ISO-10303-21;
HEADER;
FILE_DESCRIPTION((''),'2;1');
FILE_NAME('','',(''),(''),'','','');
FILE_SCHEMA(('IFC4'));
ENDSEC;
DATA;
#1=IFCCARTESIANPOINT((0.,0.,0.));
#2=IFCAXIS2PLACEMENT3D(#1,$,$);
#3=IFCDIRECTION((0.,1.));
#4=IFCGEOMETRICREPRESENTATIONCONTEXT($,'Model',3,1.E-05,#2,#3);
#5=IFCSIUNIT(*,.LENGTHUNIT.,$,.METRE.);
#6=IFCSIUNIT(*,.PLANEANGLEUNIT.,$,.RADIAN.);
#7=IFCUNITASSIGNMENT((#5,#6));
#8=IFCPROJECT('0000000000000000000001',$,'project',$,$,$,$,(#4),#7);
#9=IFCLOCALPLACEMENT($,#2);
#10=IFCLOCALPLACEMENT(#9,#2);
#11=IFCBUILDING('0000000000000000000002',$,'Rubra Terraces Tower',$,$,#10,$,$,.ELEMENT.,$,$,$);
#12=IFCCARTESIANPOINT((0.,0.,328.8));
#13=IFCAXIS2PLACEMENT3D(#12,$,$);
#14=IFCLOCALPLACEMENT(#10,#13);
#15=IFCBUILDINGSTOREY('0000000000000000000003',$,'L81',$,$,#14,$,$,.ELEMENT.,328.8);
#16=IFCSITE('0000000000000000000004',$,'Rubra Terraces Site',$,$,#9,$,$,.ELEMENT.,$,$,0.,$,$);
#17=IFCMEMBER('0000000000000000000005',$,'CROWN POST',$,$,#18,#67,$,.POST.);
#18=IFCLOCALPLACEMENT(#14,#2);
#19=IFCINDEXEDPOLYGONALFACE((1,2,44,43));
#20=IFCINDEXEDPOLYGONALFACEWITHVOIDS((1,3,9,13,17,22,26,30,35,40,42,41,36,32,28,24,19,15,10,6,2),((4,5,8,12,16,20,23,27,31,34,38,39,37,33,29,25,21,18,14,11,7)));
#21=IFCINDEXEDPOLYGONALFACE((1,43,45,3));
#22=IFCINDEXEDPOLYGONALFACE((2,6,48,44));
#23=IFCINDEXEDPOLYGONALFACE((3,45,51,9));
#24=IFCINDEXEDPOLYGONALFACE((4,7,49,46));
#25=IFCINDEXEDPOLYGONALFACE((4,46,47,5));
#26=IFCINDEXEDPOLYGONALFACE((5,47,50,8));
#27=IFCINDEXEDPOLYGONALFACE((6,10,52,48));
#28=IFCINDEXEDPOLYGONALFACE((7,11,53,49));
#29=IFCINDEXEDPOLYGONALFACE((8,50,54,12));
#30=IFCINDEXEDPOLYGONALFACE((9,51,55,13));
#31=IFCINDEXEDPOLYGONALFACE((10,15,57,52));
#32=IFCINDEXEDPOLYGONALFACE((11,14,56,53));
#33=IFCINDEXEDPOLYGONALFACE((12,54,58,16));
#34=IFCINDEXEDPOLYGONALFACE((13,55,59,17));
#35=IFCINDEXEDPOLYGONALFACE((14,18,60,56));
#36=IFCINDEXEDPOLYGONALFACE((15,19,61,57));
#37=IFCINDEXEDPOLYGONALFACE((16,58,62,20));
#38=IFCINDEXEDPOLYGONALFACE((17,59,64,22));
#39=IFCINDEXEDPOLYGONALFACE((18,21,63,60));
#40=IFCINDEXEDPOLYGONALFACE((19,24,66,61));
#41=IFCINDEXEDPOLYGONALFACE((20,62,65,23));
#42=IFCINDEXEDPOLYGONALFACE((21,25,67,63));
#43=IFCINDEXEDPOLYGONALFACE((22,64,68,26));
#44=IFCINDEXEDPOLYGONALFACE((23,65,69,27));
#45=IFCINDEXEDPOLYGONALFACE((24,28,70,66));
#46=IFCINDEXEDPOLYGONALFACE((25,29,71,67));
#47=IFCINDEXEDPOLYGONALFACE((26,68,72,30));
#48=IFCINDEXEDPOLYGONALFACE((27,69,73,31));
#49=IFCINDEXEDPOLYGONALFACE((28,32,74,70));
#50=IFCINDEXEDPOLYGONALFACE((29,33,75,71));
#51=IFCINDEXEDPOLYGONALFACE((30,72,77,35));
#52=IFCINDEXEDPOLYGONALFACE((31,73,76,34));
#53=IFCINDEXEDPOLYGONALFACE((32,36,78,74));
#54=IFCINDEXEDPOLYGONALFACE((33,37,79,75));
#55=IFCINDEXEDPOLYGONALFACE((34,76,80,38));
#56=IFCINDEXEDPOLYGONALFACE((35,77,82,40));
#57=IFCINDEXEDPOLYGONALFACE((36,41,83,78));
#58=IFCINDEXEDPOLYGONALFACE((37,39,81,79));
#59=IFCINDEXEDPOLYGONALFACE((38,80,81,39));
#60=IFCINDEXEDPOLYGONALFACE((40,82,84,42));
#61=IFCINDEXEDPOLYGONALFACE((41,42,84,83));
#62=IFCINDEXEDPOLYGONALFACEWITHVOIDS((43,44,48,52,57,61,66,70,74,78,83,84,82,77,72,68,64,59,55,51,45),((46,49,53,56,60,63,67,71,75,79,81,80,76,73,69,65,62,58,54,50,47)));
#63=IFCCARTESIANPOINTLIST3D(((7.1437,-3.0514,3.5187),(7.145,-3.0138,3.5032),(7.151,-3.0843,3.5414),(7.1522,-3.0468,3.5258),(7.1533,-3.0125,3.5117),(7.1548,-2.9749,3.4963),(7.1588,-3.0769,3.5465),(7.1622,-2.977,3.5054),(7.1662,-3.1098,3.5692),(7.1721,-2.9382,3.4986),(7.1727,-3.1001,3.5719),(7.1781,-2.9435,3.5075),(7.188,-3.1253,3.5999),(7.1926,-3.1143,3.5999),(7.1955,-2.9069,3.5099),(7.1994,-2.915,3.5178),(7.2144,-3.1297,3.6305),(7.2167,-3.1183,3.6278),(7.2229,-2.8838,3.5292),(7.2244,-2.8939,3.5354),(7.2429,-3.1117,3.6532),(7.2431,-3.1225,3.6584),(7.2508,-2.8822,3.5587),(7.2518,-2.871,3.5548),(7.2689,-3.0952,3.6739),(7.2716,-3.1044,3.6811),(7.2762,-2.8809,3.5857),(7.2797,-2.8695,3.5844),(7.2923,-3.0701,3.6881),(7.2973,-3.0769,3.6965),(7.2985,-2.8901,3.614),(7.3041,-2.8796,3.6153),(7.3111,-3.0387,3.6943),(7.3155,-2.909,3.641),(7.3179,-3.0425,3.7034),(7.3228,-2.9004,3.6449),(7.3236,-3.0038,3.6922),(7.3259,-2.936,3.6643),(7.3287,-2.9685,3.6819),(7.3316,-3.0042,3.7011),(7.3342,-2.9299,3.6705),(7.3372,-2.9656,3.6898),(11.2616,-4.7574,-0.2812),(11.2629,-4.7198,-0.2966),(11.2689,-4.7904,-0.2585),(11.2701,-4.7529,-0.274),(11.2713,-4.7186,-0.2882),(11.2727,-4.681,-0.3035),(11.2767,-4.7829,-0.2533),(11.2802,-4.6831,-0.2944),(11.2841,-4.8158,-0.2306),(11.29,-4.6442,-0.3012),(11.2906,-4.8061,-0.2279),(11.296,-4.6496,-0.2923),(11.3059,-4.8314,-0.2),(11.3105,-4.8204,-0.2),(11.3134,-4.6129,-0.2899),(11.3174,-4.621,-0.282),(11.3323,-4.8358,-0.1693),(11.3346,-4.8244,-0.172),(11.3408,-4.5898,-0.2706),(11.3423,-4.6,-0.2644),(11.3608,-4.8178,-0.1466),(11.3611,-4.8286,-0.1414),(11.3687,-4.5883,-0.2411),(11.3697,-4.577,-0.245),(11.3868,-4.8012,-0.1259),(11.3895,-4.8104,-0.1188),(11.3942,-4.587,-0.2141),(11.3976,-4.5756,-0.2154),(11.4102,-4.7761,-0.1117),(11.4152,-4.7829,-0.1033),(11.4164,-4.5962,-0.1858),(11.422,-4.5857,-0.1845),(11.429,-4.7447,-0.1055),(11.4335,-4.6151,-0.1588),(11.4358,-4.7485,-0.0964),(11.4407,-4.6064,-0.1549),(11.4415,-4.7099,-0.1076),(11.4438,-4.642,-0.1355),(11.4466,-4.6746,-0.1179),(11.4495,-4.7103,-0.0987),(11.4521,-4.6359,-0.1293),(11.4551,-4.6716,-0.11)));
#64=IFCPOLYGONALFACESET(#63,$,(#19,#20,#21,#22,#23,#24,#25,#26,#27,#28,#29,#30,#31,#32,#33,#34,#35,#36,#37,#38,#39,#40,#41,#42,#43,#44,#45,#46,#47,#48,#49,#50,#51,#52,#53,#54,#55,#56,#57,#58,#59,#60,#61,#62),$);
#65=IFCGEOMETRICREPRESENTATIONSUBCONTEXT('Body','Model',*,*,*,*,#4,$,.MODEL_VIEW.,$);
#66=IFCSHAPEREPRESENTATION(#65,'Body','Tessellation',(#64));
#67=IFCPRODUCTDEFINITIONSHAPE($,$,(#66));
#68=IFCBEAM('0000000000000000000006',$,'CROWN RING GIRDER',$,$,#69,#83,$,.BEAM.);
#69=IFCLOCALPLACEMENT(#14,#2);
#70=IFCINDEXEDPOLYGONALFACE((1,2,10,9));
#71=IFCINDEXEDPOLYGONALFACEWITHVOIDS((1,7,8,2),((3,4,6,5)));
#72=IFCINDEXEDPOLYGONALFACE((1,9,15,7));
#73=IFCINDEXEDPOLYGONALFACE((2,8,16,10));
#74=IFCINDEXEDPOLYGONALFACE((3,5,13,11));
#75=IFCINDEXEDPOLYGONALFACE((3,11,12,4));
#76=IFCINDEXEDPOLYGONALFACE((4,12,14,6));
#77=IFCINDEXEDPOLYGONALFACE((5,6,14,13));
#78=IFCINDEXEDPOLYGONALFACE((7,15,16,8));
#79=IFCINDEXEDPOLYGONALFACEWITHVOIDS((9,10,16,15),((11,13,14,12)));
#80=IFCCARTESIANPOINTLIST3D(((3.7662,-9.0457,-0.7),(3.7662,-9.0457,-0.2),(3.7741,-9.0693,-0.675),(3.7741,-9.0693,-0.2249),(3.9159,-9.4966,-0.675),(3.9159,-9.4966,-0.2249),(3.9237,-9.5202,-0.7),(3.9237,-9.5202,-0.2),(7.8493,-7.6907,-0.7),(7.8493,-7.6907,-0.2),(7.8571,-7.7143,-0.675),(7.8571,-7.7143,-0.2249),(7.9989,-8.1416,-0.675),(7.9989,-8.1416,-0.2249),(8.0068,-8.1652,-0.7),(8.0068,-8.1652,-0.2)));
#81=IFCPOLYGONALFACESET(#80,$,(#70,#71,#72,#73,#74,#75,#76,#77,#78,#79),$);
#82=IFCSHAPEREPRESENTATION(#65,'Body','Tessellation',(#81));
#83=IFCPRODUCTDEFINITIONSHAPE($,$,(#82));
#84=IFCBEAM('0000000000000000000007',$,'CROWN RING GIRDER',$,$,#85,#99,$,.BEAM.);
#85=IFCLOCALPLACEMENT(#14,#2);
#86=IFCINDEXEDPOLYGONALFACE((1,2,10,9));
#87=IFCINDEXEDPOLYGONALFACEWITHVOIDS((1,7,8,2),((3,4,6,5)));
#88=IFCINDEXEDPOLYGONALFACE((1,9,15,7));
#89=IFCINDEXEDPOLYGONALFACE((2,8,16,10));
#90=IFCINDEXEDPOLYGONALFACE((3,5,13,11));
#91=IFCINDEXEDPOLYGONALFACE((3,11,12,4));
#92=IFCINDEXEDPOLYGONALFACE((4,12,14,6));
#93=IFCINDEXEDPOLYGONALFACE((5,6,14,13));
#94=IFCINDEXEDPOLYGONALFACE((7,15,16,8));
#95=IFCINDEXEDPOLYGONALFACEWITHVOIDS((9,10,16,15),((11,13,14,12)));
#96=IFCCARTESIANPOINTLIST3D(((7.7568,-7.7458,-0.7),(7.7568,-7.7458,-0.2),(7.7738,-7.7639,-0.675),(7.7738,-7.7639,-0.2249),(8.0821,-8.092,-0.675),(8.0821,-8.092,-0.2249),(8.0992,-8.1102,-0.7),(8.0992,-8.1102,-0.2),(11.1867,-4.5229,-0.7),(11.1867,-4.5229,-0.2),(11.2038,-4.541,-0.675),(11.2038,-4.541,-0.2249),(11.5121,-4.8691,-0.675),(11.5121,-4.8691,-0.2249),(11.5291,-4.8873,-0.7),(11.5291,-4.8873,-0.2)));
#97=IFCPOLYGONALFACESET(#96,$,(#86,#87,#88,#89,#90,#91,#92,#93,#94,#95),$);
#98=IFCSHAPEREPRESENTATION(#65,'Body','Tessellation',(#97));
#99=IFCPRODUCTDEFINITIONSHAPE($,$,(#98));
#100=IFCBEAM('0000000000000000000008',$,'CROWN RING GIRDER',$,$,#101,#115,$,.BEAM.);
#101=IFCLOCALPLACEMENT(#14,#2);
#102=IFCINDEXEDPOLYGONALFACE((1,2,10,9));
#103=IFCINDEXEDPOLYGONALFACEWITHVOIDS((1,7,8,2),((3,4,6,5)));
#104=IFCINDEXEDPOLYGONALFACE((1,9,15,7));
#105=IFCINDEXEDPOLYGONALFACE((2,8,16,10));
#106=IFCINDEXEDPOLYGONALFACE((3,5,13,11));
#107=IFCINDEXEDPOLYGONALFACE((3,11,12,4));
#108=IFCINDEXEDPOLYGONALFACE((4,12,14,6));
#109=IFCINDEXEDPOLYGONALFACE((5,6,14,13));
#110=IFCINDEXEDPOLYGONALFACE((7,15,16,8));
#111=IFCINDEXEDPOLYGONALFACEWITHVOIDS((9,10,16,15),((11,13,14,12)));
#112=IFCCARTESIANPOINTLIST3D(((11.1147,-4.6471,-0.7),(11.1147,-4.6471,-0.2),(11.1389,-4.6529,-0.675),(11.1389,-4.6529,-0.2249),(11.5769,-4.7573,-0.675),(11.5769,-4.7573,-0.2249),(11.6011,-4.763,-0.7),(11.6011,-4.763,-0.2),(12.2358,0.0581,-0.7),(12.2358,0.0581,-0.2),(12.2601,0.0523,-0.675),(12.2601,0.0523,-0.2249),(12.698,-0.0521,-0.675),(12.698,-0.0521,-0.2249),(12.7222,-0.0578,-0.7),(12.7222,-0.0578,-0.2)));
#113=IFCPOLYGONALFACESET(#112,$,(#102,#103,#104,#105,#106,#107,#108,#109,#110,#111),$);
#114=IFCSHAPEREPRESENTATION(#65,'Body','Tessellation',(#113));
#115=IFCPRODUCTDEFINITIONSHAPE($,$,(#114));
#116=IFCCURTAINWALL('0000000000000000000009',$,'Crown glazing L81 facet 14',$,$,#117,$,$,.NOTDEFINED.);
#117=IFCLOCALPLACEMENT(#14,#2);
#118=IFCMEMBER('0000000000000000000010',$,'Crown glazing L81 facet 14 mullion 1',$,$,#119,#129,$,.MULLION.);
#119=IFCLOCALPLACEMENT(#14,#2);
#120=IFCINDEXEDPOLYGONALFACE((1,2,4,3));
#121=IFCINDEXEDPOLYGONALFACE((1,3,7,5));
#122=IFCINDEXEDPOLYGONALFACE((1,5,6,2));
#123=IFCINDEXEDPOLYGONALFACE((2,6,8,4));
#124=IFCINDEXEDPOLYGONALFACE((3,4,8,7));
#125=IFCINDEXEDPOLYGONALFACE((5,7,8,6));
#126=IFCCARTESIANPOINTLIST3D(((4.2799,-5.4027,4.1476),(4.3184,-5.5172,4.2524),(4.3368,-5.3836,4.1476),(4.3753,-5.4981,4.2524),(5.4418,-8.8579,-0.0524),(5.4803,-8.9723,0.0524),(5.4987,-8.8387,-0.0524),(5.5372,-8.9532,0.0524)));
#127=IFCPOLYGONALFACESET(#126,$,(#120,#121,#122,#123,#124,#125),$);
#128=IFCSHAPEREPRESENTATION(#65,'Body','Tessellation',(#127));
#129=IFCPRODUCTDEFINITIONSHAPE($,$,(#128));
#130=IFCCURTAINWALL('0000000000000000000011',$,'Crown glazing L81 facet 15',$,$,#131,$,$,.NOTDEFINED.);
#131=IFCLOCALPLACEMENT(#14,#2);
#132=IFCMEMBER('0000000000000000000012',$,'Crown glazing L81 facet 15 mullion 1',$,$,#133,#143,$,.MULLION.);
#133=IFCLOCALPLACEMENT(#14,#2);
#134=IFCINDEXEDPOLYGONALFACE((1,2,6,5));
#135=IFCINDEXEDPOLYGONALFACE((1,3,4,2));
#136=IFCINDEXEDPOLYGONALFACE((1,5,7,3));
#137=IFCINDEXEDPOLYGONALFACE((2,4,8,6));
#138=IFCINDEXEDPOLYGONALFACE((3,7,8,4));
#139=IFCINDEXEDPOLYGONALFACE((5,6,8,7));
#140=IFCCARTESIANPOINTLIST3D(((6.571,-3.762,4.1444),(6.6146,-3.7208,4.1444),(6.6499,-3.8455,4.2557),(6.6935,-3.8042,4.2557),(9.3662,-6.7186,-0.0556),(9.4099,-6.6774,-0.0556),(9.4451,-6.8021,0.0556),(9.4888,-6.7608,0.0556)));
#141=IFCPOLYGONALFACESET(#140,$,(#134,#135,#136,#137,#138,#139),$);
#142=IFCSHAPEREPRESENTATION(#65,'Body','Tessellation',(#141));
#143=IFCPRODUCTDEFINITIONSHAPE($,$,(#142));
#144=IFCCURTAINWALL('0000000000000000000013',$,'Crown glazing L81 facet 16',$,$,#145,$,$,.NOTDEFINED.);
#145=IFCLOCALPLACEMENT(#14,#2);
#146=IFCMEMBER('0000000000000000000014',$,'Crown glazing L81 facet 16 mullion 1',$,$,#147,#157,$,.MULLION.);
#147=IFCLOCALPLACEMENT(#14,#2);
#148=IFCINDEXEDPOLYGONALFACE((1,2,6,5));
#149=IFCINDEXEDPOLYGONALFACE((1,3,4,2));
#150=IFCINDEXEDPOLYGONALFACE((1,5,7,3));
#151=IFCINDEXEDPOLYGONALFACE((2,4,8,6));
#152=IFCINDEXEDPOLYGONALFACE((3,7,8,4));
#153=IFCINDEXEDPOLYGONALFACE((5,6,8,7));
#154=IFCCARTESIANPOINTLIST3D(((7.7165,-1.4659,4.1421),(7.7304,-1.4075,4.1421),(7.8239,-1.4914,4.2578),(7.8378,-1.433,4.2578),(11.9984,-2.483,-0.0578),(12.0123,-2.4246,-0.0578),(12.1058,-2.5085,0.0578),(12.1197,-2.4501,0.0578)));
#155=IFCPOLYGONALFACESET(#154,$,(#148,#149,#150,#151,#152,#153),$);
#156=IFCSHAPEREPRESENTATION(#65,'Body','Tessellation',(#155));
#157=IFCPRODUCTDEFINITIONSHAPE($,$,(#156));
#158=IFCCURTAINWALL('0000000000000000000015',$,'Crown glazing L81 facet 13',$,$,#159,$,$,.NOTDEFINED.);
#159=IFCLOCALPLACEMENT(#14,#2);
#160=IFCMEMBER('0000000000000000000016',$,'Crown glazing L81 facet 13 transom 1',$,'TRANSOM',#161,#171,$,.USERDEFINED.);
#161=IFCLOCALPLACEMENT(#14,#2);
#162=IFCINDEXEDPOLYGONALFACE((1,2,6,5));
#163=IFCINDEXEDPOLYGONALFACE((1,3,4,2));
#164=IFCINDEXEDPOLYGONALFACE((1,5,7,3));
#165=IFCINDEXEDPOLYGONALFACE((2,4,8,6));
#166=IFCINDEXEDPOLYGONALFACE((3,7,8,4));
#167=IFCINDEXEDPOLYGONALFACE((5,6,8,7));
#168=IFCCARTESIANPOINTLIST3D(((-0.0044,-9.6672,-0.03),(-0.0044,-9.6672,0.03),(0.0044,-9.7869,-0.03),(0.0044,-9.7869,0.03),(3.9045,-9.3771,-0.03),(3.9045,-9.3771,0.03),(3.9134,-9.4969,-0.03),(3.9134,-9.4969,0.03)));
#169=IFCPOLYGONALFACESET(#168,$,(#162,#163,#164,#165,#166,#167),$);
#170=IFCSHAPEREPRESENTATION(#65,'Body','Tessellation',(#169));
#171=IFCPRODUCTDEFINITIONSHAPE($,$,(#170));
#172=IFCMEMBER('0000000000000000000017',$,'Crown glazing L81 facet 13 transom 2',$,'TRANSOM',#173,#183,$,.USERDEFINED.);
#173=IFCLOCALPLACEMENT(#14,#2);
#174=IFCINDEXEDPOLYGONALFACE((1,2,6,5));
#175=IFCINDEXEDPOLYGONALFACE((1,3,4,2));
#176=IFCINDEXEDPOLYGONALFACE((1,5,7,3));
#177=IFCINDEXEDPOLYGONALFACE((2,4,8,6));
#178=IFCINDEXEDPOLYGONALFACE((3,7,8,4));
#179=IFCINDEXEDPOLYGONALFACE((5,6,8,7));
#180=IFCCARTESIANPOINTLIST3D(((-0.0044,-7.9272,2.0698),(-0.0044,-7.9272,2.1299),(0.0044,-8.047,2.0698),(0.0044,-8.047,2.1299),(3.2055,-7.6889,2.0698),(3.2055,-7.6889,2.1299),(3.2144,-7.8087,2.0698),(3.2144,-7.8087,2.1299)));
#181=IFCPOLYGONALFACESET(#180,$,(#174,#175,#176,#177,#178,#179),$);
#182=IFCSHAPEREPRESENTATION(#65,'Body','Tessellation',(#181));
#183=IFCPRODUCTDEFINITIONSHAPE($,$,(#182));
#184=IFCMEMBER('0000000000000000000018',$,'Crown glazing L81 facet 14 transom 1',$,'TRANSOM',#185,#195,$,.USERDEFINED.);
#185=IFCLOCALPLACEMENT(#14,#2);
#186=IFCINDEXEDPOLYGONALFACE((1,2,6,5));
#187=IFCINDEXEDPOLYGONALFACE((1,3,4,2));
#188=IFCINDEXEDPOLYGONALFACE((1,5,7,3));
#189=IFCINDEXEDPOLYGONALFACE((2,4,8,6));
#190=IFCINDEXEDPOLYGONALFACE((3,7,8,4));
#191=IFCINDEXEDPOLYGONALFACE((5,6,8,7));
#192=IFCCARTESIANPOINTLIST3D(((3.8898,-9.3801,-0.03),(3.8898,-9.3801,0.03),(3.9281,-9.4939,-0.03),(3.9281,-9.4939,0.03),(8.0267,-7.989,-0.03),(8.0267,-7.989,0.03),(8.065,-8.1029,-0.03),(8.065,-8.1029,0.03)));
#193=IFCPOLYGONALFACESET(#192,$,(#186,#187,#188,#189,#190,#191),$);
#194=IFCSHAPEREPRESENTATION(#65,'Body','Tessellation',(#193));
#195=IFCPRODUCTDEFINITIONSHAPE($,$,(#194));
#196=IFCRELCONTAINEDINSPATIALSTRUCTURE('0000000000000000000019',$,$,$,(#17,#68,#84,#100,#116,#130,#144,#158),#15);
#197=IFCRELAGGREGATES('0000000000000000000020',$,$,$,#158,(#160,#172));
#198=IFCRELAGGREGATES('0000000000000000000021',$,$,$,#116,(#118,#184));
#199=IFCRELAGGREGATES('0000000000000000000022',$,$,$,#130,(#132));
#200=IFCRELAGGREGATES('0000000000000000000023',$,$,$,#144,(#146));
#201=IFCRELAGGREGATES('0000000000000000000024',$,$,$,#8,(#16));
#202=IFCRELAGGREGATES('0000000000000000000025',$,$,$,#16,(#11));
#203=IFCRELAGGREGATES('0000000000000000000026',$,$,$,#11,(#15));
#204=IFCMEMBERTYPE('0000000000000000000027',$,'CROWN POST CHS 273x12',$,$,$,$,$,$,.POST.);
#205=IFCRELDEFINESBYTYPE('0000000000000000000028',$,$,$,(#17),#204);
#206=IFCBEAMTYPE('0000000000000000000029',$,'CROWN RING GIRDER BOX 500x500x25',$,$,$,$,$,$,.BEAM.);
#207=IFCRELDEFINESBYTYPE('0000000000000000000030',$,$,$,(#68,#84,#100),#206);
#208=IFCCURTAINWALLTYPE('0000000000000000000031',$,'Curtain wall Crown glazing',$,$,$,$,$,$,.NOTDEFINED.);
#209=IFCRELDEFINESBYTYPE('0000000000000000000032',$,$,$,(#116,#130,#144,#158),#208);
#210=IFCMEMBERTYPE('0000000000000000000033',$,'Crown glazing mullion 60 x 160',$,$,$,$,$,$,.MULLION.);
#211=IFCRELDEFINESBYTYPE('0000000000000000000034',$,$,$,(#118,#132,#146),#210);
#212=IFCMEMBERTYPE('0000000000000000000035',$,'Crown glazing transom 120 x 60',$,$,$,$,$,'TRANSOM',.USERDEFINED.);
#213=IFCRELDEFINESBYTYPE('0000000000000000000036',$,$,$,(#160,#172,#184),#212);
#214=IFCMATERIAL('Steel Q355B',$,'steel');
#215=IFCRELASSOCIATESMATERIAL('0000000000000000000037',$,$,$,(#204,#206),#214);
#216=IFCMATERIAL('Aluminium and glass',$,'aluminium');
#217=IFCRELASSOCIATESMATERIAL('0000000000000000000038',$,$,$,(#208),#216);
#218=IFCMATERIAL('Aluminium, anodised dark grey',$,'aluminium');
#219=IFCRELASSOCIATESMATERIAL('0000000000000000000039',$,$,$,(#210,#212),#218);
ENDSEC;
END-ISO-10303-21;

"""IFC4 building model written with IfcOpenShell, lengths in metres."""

from ifc_helpers import new_model, si_unit, direction, frame, origin, origin_2d, place, context, subcontext, project, spatial, rectangle, hollow_rectangle, hollow_circle, extrude, material, material_profile, profile_set, type_object, element, aggregate, save


model = new_model("IFC4")

# Units and contexts
model_context = context("Model", 3, precision=1e-05, world=origin(), true_north=direction((0.0, 1.0)))
body_context = subcontext(model_context, "Body", "Model", "MODEL_VIEW")
ifc_project = project(units=[si_unit("LENGTHUNIT", "METRE"), si_unit("PLANEANGLEUNIT", "RADIAN")], contexts=[model_context])

# Site, building, storey
site_placement = place(None, origin())
site = spatial("IfcSite", under=ifc_project, at=site_placement, Name="Rubra Terraces Site", CompositionType="ELEMENT", RefElevation=0.0)
building_placement = place(site_placement, origin())
building = spatial("IfcBuilding", under=site, at=building_placement, Name="Rubra Terraces Tower", CompositionType="ELEMENT")
storey_placement = place(building_placement, frame((0.0, 0.0, 328.8)))
storey = spatial("IfcBuildingStorey", under=building, at=storey_placement, Name="L81", CompositionType="ELEMENT", Elevation=328.8)

# Member
ifc_material_1 = material(Name="Steel Q355B", Category="steel")
ifc_material_profile_1 = material_profile(ifc_material_1, hollow_circle(Radius=0.1365, WallThickness=0.012, at=origin_2d()), Name="CHS 273x12")
ifc_profile_set_1 = profile_set([ifc_material_profile_1], Name="Steel Q355B")
member_type_1 = type_object("IfcMemberType", Name="CROWN POST CHS 273x12", PredefinedType="POST", material=ifc_profile_set_1)
member_1_placement = place(storey_placement, frame((11.3582, -4.7053, -0.2), z_axis=(-0.703057, 0.291276, 0.648744), x_axis=(-0.382752, -0.923851, 0.0)))
element("IfcMember", 1, at=member_1_placement, inside=storey, type_object=member_type_1, Name="CROWN POST", PredefinedType="POST", context=body_context, shape_type="SweptSolid", body=[
    extrude(hollow_circle(Radius=0.1365, WallThickness=0.012, at=origin_2d()), origin(), (0.0, 0.0, 1.0), 5.8572),
])

# Beams
ifc_material_profile_2 = material_profile(ifc_material_1, hollow_rectangle(XDim=0.5, YDim=0.5, WallThickness=0.0249, at=origin_2d()), Name="BOX 500x500x25")
ifc_profile_set_2 = profile_set([ifc_material_profile_2], Name="Steel Q355B")
beam_type_1 = type_object("IfcBeamType", Name="CROWN RING GIRDER BOX 500x500x25", PredefinedType="BEAM", material=ifc_profile_set_2)
beam_1_placement = place(storey_placement, frame((3.845, -9.283, -0.45), z_axis=(0.949102, 0.314968, 0.0), x_axis=(-0.314968, 0.949102, 0.0)))
element("IfcBeam", 2, at=beam_1_placement, inside=storey, type_object=beam_type_1, Name="CROWN RING GIRDER", PredefinedType="BEAM", context=body_context, shape_type="SweptSolid", body=[
    extrude(hollow_rectangle(XDim=0.5, YDim=0.5, WallThickness=0.0249, at=origin_2d()), origin(), (0.0, 0.0, 1.0), 4.302),
])
beam_2_placement = place(storey_placement, frame((7.928, -7.928, -0.45), z_axis=(0.728759, 0.684771, 0.0), x_axis=(-0.684771, 0.728759, 0.0)))
element("IfcBeam", 3, at=beam_2_placement, inside=storey, type_object=beam_type_1, Name="CROWN RING GIRDER", PredefinedType="BEAM", context=body_context, shape_type="SweptSolid", body=[
    extrude(hollow_rectangle(XDim=0.5, YDim=0.5, WallThickness=0.0249, at=origin_2d()), origin(), (0.0, 0.0, 1.0), 4.7065),
])
beam_3_placement = place(storey_placement, frame((11.3579, -4.7051, -0.45), z_axis=(0.231784, 0.972767, 0.0), x_axis=(-0.972767, 0.231784, 0.0)))
element("IfcBeam", 4, at=beam_3_placement, inside=storey, type_object=beam_type_1, Name="CROWN RING GIRDER", PredefinedType="BEAM", context=body_context, shape_type="SweptSolid", body=[
    extrude(hollow_rectangle(XDim=0.5, YDim=0.5, WallThickness=0.0249, at=origin_2d()), origin(), (0.0, 0.0, 1.0), 4.8369),
])

# Curtain walls, members
ifc_material_2 = material(Name="Aluminium and glass", Category="aluminium")
curtain_wall_type = type_object("IfcCurtainWallType", Name="Curtain wall Crown glazing", PredefinedType="NOTDEFINED", material=ifc_material_2)
curtain_wall_1_placement = place(storey_placement, origin())
curtain_wall_1 = element("IfcCurtainWall", 5, at=curtain_wall_1_placement, inside=storey, type_object=curtain_wall_type, Name="Crown glazing L81 facet 14", PredefinedType="NOTDEFINED")
ifc_material_3 = material(Name="Aluminium, anodised dark grey", Category="aluminium")
ifc_material_profile_3 = material_profile(ifc_material_3, rectangle(XDim=0.0601, YDim=0.1599, at=origin_2d()), Name="AL 60x160")
ifc_profile_set_3 = profile_set([ifc_material_profile_3], Name="Aluminium, anodised dark grey")
member_type_2 = type_object("IfcMemberType", Name="Crown glazing mullion 60 x 160", PredefinedType="MULLION", material=ifc_profile_set_3)
member_2_placement = place(storey_placement, frame((5.4895, -8.9055, 0.0), z_axis=(-0.208923, 0.621281, 0.755222), x_axis=(-0.947843, -0.318738, 0.0)))
member_2 = element("IfcMember", 6, at=member_2_placement, type_object=member_type_2, Name="Crown glazing L81 facet 14 mullion 1", PredefinedType="MULLION", context=body_context, shape_type="SweptSolid", body=[
    extrude(rectangle(XDim=0.0601, YDim=0.1599, at=origin_2d()), origin(), (0.0, 0.0, 1.0), 5.5613),
])
curtain_wall_2_placement = place(storey_placement, origin())
curtain_wall_2 = element("IfcCurtainWall", 7, at=curtain_wall_2_placement, inside=storey, type_object=curtain_wall_type, Name="Crown glazing L81 facet 15", PredefinedType="NOTDEFINED")
member_3_placement = place(storey_placement, frame((9.4275, -6.7397, 0.0), z_axis=(-0.478007, 0.505605, 0.718243), x_axis=(-0.72666, -0.686997, 0.0)))
member_3 = element("IfcMember", 8, at=member_3_placement, type_object=member_type_2, Name="Crown glazing L81 facet 15 mullion 1", PredefinedType="MULLION", context=body_context, shape_type="SweptSolid", body=[
    extrude(rectangle(XDim=0.0601, YDim=0.1599, at=origin_2d()), origin(), (0.0, 0.0, 1.0), 5.8477),
])
curtain_wall_3_placement = place(storey_placement, origin())
curtain_wall_3 = element("IfcCurtainWall", 9, at=curtain_wall_3_placement, inside=storey, type_object=curtain_wall_type, Name="Crown glazing L81 facet 16", PredefinedType="NOTDEFINED")
member_4_placement = place(storey_placement, frame((12.0591, -2.4666, 0.0), z_axis=(-0.703864, 0.167187, 0.69038), x_axis=(-0.231098, -0.97293, 0.0)))
member_4 = element("IfcMember", 10, at=member_4_placement, type_object=member_type_2, Name="Crown glazing L81 facet 16 mullion 1", PredefinedType="MULLION", context=body_context, shape_type="SweptSolid", body=[
    extrude(rectangle(XDim=0.0601, YDim=0.1599, at=origin_2d()), origin(), (0.0, 0.0, 1.0), 6.0835),
])

# Curtain wall, members
curtain_wall_4_placement = place(storey_placement, origin())
curtain_wall_4 = element("IfcCurtainWall", 11, at=curtain_wall_4_placement, inside=storey, type_object=curtain_wall_type, Name="Crown glazing L81 facet 13", PredefinedType="NOTDEFINED")
ifc_material_profile_4 = material_profile(ifc_material_3, rectangle(XDim=0.1201, YDim=0.0601, at=origin_2d()), Name="AL 120x60")
ifc_profile_set_4 = profile_set([ifc_material_profile_4], Name="Aluminium, anodised dark grey")
member_type_3 = type_object("IfcMemberType", Name="Crown glazing transom 120 x 60", ElementType="TRANSOM", PredefinedType="USERDEFINED", material=ifc_profile_set_4)
member_5_placement = place(storey_placement, frame((0.0, -9.7271, 0.0), z_axis=(0.997259, 0.073996, 0.0), x_axis=(-0.073996, 0.997259, 0.0)))
member_5 = element("IfcMember", 12, at=member_5_placement, type_object=member_type_3, Name="Crown glazing L81 facet 13 transom 1", ObjectType="TRANSOM", PredefinedType="USERDEFINED", context=body_context, shape_type="SweptSolid", body=[
    extrude(rectangle(XDim=0.1201, YDim=0.0601, at=origin_2d()), origin(), (0.0, 0.0, 1.0), 3.9197),
])
member_6_placement = place(storey_placement, frame((0.0, -7.9871, 2.0999), z_axis=(0.997256, 0.074028, 0.0), x_axis=(-0.074028, 0.997256, 0.0)))
member_6 = element("IfcMember", 13, at=member_6_placement, type_object=member_type_3, Name="Crown glazing L81 facet 13 transom 2", ObjectType="TRANSOM", PredefinedType="USERDEFINED", context=body_context, shape_type="SweptSolid", body=[
    extrude(rectangle(XDim=0.1201, YDim=0.0601, at=origin_2d()), origin(), (0.0, 0.0, 1.0), 3.2188),
])

# Member
member_7_placement = place(storey_placement, frame((3.9089, -9.437, 0.0), z_axis=(0.947847, 0.318727, 0.0), x_axis=(-0.318727, 0.947847, 0.0)))
member_7 = element("IfcMember", 14, at=member_7_placement, type_object=member_type_3, Name="Crown glazing L81 facet 14 transom 1", ObjectType="TRANSOM", PredefinedType="USERDEFINED", context=body_context, shape_type="SweptSolid", body=[
    extrude(rectangle(XDim=0.1201, YDim=0.0601, at=origin_2d()), origin(), (0.0, 0.0, 1.0), 4.3645),
])

aggregate(curtain_wall_4, [member_5, member_6])
aggregate(curtain_wall_1, [member_2, member_7])
aggregate(curtain_wall_2, [member_3])
aggregate(curtain_wall_3, [member_4])

save(model, "model.ifc")
